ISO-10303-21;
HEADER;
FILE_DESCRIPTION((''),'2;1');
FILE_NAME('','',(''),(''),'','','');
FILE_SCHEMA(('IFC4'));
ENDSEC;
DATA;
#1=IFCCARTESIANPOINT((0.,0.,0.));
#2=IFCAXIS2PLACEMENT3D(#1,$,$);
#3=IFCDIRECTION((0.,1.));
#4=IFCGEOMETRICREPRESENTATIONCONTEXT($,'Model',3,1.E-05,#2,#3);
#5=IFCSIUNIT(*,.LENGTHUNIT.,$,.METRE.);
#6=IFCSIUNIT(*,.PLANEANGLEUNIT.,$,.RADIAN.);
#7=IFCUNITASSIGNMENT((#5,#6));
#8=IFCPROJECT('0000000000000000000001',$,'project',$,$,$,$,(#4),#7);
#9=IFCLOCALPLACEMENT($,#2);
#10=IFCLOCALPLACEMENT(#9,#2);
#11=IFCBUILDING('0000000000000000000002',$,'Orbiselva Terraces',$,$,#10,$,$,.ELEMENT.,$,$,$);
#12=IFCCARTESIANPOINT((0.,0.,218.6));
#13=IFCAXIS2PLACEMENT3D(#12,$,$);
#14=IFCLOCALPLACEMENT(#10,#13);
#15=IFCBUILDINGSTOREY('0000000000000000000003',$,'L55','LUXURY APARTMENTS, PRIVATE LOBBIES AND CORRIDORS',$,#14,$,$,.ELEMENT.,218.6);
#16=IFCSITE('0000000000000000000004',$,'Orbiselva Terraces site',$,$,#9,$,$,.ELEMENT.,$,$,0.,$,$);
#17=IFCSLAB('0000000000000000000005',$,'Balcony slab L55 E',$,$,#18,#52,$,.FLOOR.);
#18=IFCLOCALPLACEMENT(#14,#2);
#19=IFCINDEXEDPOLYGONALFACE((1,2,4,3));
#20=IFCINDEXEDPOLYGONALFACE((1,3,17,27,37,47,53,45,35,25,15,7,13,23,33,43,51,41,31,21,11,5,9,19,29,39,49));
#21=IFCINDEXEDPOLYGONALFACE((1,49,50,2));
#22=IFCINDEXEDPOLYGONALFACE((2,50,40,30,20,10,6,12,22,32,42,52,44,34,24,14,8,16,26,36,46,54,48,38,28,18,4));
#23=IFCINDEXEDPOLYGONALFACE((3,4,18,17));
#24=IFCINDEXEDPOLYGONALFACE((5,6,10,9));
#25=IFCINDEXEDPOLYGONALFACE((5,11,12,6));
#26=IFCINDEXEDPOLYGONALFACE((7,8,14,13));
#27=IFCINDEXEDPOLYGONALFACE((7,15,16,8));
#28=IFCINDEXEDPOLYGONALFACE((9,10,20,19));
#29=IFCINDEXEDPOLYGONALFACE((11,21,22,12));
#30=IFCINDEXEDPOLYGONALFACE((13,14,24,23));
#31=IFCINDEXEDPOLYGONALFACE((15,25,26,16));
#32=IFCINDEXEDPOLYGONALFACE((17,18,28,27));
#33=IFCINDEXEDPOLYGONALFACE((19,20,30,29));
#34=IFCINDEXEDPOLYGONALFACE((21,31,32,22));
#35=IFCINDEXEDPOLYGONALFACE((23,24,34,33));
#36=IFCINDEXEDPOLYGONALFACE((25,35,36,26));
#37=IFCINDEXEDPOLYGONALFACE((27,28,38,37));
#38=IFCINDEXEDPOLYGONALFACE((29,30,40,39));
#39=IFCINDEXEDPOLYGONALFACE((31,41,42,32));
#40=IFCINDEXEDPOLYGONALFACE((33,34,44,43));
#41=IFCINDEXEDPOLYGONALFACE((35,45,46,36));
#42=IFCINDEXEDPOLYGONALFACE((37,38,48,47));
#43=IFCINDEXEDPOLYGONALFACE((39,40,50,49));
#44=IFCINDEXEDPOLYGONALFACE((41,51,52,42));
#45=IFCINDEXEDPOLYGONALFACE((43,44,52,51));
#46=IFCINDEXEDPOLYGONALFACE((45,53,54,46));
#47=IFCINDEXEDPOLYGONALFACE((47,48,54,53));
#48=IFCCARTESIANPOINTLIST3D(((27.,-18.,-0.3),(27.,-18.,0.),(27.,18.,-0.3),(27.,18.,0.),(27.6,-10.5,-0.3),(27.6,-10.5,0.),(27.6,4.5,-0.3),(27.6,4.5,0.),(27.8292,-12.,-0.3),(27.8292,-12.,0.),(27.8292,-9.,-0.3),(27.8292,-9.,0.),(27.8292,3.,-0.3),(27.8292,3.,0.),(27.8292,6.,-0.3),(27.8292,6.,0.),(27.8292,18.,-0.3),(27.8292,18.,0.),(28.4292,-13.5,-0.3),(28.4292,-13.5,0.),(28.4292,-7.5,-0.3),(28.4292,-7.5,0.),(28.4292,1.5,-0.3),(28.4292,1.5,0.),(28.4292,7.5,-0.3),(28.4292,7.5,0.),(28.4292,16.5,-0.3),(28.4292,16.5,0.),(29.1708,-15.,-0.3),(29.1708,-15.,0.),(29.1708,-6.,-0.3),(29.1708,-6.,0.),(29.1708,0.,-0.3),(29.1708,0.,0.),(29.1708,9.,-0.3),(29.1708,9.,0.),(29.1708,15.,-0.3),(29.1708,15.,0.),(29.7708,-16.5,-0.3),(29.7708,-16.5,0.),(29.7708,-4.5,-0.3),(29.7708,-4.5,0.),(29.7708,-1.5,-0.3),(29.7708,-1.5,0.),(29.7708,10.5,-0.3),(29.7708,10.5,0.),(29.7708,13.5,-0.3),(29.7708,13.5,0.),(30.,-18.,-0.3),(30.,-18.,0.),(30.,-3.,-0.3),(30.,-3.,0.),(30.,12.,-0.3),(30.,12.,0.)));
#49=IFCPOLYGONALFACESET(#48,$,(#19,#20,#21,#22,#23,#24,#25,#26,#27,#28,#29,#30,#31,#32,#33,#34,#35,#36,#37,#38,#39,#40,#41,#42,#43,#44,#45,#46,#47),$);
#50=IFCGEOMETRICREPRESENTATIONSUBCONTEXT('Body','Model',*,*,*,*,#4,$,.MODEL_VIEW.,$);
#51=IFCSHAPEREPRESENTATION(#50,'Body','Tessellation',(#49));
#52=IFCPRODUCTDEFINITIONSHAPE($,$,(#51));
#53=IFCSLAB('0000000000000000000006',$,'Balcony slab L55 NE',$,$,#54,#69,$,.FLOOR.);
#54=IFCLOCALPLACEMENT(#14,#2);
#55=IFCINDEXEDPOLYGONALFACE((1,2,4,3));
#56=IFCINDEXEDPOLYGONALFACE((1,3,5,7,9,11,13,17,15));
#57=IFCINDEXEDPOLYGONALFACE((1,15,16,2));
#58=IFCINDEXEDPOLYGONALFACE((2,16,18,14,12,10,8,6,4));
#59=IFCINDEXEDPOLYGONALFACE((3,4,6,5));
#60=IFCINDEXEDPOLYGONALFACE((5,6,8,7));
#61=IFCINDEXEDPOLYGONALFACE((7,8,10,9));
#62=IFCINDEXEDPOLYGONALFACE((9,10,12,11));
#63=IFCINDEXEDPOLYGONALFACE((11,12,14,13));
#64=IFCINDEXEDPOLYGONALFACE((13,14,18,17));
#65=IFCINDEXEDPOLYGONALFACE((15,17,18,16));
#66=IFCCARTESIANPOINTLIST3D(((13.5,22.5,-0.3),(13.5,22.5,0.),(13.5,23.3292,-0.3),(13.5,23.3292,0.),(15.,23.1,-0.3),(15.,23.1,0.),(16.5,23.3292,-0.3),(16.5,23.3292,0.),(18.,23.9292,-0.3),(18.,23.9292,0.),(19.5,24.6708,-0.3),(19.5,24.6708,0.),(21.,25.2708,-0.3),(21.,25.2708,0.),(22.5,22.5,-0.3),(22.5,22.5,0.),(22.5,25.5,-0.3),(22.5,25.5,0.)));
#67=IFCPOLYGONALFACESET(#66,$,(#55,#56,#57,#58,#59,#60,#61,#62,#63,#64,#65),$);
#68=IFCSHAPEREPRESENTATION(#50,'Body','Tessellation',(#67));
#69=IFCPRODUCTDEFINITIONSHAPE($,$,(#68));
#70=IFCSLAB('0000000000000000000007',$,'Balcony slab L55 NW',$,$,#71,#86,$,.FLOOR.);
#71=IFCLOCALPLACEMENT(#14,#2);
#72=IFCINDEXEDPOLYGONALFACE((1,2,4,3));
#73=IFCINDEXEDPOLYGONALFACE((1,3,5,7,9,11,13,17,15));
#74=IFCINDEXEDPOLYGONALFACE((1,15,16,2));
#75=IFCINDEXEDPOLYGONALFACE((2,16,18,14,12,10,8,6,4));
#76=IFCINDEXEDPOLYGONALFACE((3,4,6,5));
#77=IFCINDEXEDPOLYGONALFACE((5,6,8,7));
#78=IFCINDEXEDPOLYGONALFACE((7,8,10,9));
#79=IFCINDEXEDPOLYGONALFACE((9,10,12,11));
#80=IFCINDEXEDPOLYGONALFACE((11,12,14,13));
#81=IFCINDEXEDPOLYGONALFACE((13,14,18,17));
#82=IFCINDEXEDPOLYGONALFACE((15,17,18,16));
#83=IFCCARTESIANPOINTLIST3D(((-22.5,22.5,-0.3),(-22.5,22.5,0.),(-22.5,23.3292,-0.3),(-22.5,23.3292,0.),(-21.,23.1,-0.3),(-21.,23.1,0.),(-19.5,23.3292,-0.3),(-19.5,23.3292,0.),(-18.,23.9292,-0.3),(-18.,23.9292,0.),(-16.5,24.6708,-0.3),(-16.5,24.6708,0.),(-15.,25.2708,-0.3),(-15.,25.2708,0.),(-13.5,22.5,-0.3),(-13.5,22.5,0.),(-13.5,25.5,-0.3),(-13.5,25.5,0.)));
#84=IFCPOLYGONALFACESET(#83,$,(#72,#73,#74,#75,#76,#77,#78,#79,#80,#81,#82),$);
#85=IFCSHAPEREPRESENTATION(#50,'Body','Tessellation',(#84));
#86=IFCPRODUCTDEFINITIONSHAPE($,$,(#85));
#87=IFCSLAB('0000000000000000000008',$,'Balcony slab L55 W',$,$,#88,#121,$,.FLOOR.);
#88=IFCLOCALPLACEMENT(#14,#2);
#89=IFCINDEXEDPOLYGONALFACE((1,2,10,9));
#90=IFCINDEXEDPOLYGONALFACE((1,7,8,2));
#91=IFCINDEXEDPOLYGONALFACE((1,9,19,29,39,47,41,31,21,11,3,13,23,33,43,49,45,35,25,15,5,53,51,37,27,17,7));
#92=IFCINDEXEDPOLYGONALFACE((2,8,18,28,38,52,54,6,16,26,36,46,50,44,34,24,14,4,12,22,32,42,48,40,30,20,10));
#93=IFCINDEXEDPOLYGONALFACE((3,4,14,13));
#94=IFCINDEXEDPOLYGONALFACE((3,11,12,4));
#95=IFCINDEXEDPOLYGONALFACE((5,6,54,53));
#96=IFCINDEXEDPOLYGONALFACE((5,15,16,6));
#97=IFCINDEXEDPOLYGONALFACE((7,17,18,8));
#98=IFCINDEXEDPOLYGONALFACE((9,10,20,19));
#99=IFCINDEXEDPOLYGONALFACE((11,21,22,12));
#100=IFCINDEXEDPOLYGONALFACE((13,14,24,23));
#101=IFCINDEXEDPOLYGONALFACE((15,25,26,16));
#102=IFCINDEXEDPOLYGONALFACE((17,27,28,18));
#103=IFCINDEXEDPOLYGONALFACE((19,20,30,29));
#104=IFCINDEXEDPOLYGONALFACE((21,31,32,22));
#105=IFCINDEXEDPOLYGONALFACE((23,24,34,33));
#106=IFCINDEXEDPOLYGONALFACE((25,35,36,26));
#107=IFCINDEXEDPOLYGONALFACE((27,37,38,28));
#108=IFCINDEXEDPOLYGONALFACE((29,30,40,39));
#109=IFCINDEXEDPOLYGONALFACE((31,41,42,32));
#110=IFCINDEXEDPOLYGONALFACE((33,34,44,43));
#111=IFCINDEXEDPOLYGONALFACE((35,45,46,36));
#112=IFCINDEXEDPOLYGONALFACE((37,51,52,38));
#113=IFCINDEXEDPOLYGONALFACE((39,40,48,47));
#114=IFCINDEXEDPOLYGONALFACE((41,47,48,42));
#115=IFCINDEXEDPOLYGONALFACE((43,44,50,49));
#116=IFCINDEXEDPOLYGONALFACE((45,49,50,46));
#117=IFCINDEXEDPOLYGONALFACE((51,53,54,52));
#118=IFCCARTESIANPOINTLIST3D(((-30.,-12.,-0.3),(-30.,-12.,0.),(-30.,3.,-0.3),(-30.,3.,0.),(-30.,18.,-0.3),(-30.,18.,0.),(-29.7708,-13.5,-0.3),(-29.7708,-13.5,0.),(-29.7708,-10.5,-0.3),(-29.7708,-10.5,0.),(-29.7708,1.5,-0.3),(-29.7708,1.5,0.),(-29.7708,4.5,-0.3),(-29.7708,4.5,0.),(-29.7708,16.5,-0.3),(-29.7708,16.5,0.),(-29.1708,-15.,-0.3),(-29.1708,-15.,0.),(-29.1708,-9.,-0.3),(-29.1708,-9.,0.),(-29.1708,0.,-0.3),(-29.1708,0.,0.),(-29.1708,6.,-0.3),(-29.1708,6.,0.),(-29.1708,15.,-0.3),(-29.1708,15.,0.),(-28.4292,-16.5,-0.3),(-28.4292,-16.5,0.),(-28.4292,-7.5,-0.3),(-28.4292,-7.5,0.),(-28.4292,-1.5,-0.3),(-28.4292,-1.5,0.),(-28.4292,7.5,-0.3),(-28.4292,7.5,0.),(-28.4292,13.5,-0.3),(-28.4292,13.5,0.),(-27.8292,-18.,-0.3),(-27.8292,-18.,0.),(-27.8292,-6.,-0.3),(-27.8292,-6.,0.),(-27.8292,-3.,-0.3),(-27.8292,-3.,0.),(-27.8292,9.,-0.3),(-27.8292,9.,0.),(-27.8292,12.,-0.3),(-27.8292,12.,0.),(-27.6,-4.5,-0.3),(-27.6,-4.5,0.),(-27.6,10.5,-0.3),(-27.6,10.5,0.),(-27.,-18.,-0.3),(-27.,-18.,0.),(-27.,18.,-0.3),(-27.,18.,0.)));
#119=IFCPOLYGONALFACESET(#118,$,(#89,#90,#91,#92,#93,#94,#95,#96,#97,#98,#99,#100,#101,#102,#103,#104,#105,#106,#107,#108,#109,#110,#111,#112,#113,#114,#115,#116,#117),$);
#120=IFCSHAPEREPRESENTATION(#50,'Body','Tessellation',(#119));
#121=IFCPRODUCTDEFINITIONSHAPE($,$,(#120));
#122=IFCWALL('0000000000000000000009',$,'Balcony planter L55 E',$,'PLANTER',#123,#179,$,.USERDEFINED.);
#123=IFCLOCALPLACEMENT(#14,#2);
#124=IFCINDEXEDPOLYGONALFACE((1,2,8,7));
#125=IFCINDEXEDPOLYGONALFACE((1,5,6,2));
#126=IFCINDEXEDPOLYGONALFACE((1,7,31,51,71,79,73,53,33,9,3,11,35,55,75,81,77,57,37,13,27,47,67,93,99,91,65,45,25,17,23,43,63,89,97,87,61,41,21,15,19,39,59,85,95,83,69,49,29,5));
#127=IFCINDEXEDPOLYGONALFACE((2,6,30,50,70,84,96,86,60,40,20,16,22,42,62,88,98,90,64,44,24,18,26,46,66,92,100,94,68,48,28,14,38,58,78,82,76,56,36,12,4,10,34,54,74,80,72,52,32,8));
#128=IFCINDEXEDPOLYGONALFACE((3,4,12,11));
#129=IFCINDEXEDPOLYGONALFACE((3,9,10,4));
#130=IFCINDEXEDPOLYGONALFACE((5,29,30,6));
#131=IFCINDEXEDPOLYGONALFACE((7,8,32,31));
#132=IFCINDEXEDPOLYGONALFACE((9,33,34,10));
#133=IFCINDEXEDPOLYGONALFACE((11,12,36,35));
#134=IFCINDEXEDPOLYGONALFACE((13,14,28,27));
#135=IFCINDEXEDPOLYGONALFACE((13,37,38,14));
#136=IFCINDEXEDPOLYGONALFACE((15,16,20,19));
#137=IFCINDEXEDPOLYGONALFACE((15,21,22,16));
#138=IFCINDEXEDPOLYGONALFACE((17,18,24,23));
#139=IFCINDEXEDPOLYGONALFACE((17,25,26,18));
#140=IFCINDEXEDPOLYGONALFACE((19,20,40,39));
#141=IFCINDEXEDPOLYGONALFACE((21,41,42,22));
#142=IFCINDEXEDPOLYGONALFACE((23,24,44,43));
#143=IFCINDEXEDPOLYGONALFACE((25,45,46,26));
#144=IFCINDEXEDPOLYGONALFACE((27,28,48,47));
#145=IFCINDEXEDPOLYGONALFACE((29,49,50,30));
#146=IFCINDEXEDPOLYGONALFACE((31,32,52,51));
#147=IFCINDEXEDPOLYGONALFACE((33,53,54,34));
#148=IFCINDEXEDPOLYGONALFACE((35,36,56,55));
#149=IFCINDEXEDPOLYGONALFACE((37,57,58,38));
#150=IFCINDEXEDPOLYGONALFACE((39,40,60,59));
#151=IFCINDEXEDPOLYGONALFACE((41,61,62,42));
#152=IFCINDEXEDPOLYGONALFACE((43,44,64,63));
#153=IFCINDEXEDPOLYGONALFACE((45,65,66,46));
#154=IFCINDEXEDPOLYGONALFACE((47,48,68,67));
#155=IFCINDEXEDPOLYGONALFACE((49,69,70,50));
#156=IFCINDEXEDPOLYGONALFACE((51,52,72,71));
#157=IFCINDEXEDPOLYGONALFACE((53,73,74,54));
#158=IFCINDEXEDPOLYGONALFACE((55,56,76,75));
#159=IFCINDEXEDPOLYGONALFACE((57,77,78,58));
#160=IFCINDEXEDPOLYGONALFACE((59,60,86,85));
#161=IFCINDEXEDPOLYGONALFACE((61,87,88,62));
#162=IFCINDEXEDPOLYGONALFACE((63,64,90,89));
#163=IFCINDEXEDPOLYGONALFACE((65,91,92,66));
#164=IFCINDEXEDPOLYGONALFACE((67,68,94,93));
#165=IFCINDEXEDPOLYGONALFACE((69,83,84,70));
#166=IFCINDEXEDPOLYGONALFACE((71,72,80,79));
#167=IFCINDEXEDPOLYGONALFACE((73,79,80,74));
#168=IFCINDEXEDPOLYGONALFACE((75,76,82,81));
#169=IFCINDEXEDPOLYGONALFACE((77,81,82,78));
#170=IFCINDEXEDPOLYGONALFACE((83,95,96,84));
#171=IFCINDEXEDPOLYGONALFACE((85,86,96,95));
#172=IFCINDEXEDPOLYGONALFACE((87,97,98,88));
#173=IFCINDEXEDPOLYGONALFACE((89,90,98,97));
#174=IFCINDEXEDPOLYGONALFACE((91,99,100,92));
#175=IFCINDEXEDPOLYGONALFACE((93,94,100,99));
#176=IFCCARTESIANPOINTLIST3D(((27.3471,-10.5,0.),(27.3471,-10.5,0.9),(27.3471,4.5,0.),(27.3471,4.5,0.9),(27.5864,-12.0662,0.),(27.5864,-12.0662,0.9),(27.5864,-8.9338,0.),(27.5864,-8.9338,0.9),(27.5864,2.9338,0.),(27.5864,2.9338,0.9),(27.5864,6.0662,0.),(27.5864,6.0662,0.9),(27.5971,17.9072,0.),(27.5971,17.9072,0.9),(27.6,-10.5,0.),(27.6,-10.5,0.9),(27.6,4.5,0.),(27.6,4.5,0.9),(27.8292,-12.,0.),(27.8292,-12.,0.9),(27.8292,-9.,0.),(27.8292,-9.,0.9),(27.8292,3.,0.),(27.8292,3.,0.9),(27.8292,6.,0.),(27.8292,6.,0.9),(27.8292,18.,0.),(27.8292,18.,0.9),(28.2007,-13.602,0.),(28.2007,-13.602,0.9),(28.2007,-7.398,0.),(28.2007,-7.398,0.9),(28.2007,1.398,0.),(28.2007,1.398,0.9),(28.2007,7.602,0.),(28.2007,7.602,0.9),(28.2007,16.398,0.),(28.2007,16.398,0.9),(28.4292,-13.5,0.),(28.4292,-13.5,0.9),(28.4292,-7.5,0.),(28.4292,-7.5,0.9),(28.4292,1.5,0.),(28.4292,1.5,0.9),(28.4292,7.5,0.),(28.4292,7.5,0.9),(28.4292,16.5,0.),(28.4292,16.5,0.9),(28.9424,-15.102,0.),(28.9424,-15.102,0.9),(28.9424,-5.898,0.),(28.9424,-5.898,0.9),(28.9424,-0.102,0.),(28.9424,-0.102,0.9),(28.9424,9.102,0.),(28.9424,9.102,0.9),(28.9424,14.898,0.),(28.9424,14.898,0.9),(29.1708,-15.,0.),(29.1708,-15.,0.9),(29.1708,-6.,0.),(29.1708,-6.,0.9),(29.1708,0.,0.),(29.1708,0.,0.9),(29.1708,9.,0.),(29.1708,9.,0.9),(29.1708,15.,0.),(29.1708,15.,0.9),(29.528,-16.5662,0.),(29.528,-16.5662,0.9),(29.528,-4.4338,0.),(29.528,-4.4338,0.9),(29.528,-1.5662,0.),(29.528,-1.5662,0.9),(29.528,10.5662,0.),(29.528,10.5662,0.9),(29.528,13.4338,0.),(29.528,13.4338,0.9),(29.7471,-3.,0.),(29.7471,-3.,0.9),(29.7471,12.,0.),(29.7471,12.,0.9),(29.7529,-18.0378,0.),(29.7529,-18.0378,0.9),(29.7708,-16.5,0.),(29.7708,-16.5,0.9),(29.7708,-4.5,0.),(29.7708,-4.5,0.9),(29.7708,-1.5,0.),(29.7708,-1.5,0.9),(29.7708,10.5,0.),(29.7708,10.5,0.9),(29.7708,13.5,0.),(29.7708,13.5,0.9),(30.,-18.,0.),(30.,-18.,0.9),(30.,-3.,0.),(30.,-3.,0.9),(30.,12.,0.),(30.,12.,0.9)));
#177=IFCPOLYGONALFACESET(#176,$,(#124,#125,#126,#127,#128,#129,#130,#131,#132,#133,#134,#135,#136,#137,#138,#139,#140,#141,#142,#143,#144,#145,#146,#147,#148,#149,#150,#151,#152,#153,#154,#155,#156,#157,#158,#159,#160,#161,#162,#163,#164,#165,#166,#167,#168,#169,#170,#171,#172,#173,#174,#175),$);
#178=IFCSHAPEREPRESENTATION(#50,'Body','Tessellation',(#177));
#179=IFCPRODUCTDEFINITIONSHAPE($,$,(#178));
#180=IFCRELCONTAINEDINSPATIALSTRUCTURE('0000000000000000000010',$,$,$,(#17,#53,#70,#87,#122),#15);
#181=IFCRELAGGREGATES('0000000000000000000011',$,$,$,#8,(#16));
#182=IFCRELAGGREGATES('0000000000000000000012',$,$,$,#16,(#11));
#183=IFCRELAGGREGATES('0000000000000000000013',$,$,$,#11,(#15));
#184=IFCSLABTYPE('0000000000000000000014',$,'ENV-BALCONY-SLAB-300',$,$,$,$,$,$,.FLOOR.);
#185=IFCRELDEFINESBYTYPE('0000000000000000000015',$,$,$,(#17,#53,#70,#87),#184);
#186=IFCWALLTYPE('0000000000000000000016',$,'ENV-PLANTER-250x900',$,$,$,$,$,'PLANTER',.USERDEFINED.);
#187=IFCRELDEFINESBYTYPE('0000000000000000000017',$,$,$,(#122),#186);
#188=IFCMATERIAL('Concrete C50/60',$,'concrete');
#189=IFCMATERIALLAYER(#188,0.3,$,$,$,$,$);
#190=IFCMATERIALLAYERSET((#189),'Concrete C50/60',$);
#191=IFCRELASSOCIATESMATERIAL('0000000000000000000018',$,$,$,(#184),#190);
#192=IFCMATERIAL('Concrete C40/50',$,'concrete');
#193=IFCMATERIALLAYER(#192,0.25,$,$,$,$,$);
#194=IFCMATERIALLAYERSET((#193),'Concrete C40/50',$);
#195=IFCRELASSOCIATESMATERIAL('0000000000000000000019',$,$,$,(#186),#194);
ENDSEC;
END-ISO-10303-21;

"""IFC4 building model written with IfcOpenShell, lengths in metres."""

from ifc_helpers import new_model, si_unit, direction, frame, origin, place, context, subcontext, project, spatial, polyline, outline, extrude, material, layer, layer_set, type_object, element, save


model = new_model("IFC4")

# Units and contexts
model_context = context("Model", 3, precision=1e-05, world=origin(), true_north=direction((0.0, 1.0)))
body_context = subcontext(model_context, "Body", "Model", "MODEL_VIEW")
ifc_project = project(units=[si_unit("LENGTHUNIT", "METRE"), si_unit("PLANEANGLEUNIT", "RADIAN")], contexts=[model_context])

# Site, building, storey
site_placement = place(None, origin())
site = spatial("IfcSite", under=ifc_project, at=site_placement, Name="Orbiselva Terraces site", CompositionType="ELEMENT", RefElevation=0.0)
building_placement = place(site_placement, origin())
building = spatial("IfcBuilding", under=site, at=building_placement, Name="Orbiselva Terraces", CompositionType="ELEMENT")
storey_placement = place(building_placement, frame((0.0, 0.0, 218.6)))
storey = spatial("IfcBuildingStorey", under=building, at=storey_placement, Name="L55", Description="LUXURY APARTMENTS, PRIVATE LOBBIES AND CORRIDORS", CompositionType="ELEMENT", Elevation=218.6)

# Shared definitions
ifc_material_1 = material(Name="Concrete C50/60", Category="concrete")

# Shared definitions
ifc_material_2 = material(Name="Concrete C40/50", Category="concrete")

# Slabs
ifc_layer_1 = layer(ifc_material_1, 0.3)
ifc_layer_set_1 = layer_set([ifc_layer_1], Name="Concrete C50/60")
slab_type_1 = type_object("IfcSlabType", Name="ENV-BALCONY-SLAB-300", PredefinedType="FLOOR", material=ifc_layer_set_1)
slab_1_placement = place(storey_placement, frame((0.0, 0.0, -0.3)))
element("IfcSlab", 1, at=slab_1_placement, inside=storey, type_object=slab_type_1, Name="Balcony slab L55 E", PredefinedType="FLOOR", context=body_context, shape_type="SweptSolid", body=[
    extrude(outline(polyline([(30.0, -18.0), (29.7708, -16.5), (29.1708, -15.0), (28.4292, -13.5), (27.8292, -12.0), (27.6, -10.5), (27.8292, -9.0), (28.4292, -7.5), (29.1708, -6.0), (29.7708, -4.5), (30.0, -3.0), (29.7708, -1.5), (29.1708, 0.0), (28.4292, 1.5), (27.8292, 3.0), (27.6, 4.5), (27.8292, 6.0), (28.4292, 7.5), (29.1708, 9.0), (29.7708, 10.5), (30.0, 12.0), (29.7708, 13.5), (29.1708, 15.0), (28.4292, 16.5), (27.8292, 18.0), (27.0, 18.0), (27.0, -18.0), (30.0, -18.0)])), origin(), (0.0, 0.0, 1.0), 0.3),
])
slab_2_placement = place(storey_placement, frame((0.0, 0.0, -0.3)))
element("IfcSlab", 2, at=slab_2_placement, inside=storey, type_object=slab_type_1, Name="Balcony slab L55 NE", PredefinedType="FLOOR", context=body_context, shape_type="SweptSolid", body=[
    extrude(outline(polyline([(22.5, 25.5), (21.0, 25.2708), (19.5, 24.6708), (18.0, 23.9292), (16.5, 23.3292), (15.0, 23.1), (13.5, 23.3292), (13.5, 22.5), (22.5, 22.5), (22.5, 25.5)])), origin(), (0.0, 0.0, 1.0), 0.3),
])
slab_3_placement = place(storey_placement, frame((0.0, 0.0, -0.3)))
element("IfcSlab", 3, at=slab_3_placement, inside=storey, type_object=slab_type_1, Name="Balcony slab L55 NW", PredefinedType="FLOOR", context=body_context, shape_type="SweptSolid", body=[
    extrude(outline(polyline([(-13.5, 25.5), (-15.0, 25.2708), (-16.5, 24.6708), (-18.0, 23.9292), (-19.5, 23.3292), (-21.0, 23.1), (-22.5, 23.3292), (-22.5, 22.5), (-13.5, 22.5), (-13.5, 25.5)])), origin(), (0.0, 0.0, 1.0), 0.3),
])
slab_4_placement = place(storey_placement, frame((0.0, 0.0, -0.3)))
element("IfcSlab", 4, at=slab_4_placement, inside=storey, type_object=slab_type_1, Name="Balcony slab L55 W", PredefinedType="FLOOR", context=body_context, shape_type="SweptSolid", body=[
    extrude(outline(polyline([(-30.0, 18.0), (-29.7708, 16.5), (-29.1708, 15.0), (-28.4292, 13.5), (-27.8292, 12.0), (-27.6, 10.5), (-27.8292, 9.0), (-28.4292, 7.5), (-29.1708, 6.0), (-29.7708, 4.5), (-30.0, 3.0), (-29.7708, 1.5), (-29.1708, 0.0), (-28.4292, -1.5), (-27.8292, -3.0), (-27.6, -4.5), (-27.8292, -6.0), (-28.4292, -7.5), (-29.1708, -9.0), (-29.7708, -10.5), (-30.0, -12.0), (-29.7708, -13.5), (-29.1708, -15.0), (-28.4292, -16.5), (-27.8292, -18.0), (-27.0, -18.0), (-27.0, 18.0), (-30.0, 18.0)])), origin(), (0.0, 0.0, 1.0), 0.3),
])

# Wall
ifc_layer_2 = layer(ifc_material_2, 0.25)
ifc_layer_set_2 = layer_set([ifc_layer_2], Name="Concrete C40/50")
wall_type_1 = type_object("IfcWallType", Name="ENV-PLANTER-250x900", ElementType="PLANTER", PredefinedType="USERDEFINED", material=ifc_layer_set_2)
wall_1_placement = place(storey_placement, origin())
element("IfcWall", 5, at=wall_1_placement, inside=storey, type_object=wall_type_1, Name="Balcony planter L55 E", ObjectType="PLANTER", PredefinedType="USERDEFINED", context=body_context, shape_type="SweptSolid", body=[
    extrude(outline(polyline([(30.0, -18.0), (29.7708, -16.5), (29.1708, -15.0), (28.4292, -13.5), (27.8292, -12.0), (27.6, -10.5), (27.8292, -9.0), (28.4292, -7.5), (29.1708, -6.0), (29.7708, -4.5), (30.0, -3.0), (29.7708, -1.5), (29.1708, 0.0), (28.4292, 1.5), (27.8292, 3.0), (27.6, 4.5), (27.8292, 6.0), (28.4292, 7.5), (29.1708, 9.0), (29.7708, 10.5), (30.0, 12.0), (29.7708, 13.5), (29.1708, 15.0), (28.4292, 16.5), (27.8292, 18.0), (27.5971, 17.9072), (28.2007, 16.398), (28.9424, 14.898), (29.528, 13.4338), (29.7471, 12.0), (29.528, 10.5662), (28.9424, 9.102), (28.2007, 7.602), (27.5864, 6.0662), (27.3471, 4.5), (27.5864, 2.9338), (28.2007, 1.398), (28.9424, -0.102), (29.528, -1.5662), (29.7471, -3.0), (29.528, -4.4338), (28.9424, -5.898), (28.2007, -7.398), (27.5864, -8.9338), (27.3471, -10.5), (27.5864, -12.0662), (28.2007, -13.602), (28.9424, -15.102), (29.528, -16.5662), (29.7529, -18.0378), (30.0, -18.0)])), origin(), (0.0, 0.0, 1.0), 0.9),
])

save(model, "model.ifc")
